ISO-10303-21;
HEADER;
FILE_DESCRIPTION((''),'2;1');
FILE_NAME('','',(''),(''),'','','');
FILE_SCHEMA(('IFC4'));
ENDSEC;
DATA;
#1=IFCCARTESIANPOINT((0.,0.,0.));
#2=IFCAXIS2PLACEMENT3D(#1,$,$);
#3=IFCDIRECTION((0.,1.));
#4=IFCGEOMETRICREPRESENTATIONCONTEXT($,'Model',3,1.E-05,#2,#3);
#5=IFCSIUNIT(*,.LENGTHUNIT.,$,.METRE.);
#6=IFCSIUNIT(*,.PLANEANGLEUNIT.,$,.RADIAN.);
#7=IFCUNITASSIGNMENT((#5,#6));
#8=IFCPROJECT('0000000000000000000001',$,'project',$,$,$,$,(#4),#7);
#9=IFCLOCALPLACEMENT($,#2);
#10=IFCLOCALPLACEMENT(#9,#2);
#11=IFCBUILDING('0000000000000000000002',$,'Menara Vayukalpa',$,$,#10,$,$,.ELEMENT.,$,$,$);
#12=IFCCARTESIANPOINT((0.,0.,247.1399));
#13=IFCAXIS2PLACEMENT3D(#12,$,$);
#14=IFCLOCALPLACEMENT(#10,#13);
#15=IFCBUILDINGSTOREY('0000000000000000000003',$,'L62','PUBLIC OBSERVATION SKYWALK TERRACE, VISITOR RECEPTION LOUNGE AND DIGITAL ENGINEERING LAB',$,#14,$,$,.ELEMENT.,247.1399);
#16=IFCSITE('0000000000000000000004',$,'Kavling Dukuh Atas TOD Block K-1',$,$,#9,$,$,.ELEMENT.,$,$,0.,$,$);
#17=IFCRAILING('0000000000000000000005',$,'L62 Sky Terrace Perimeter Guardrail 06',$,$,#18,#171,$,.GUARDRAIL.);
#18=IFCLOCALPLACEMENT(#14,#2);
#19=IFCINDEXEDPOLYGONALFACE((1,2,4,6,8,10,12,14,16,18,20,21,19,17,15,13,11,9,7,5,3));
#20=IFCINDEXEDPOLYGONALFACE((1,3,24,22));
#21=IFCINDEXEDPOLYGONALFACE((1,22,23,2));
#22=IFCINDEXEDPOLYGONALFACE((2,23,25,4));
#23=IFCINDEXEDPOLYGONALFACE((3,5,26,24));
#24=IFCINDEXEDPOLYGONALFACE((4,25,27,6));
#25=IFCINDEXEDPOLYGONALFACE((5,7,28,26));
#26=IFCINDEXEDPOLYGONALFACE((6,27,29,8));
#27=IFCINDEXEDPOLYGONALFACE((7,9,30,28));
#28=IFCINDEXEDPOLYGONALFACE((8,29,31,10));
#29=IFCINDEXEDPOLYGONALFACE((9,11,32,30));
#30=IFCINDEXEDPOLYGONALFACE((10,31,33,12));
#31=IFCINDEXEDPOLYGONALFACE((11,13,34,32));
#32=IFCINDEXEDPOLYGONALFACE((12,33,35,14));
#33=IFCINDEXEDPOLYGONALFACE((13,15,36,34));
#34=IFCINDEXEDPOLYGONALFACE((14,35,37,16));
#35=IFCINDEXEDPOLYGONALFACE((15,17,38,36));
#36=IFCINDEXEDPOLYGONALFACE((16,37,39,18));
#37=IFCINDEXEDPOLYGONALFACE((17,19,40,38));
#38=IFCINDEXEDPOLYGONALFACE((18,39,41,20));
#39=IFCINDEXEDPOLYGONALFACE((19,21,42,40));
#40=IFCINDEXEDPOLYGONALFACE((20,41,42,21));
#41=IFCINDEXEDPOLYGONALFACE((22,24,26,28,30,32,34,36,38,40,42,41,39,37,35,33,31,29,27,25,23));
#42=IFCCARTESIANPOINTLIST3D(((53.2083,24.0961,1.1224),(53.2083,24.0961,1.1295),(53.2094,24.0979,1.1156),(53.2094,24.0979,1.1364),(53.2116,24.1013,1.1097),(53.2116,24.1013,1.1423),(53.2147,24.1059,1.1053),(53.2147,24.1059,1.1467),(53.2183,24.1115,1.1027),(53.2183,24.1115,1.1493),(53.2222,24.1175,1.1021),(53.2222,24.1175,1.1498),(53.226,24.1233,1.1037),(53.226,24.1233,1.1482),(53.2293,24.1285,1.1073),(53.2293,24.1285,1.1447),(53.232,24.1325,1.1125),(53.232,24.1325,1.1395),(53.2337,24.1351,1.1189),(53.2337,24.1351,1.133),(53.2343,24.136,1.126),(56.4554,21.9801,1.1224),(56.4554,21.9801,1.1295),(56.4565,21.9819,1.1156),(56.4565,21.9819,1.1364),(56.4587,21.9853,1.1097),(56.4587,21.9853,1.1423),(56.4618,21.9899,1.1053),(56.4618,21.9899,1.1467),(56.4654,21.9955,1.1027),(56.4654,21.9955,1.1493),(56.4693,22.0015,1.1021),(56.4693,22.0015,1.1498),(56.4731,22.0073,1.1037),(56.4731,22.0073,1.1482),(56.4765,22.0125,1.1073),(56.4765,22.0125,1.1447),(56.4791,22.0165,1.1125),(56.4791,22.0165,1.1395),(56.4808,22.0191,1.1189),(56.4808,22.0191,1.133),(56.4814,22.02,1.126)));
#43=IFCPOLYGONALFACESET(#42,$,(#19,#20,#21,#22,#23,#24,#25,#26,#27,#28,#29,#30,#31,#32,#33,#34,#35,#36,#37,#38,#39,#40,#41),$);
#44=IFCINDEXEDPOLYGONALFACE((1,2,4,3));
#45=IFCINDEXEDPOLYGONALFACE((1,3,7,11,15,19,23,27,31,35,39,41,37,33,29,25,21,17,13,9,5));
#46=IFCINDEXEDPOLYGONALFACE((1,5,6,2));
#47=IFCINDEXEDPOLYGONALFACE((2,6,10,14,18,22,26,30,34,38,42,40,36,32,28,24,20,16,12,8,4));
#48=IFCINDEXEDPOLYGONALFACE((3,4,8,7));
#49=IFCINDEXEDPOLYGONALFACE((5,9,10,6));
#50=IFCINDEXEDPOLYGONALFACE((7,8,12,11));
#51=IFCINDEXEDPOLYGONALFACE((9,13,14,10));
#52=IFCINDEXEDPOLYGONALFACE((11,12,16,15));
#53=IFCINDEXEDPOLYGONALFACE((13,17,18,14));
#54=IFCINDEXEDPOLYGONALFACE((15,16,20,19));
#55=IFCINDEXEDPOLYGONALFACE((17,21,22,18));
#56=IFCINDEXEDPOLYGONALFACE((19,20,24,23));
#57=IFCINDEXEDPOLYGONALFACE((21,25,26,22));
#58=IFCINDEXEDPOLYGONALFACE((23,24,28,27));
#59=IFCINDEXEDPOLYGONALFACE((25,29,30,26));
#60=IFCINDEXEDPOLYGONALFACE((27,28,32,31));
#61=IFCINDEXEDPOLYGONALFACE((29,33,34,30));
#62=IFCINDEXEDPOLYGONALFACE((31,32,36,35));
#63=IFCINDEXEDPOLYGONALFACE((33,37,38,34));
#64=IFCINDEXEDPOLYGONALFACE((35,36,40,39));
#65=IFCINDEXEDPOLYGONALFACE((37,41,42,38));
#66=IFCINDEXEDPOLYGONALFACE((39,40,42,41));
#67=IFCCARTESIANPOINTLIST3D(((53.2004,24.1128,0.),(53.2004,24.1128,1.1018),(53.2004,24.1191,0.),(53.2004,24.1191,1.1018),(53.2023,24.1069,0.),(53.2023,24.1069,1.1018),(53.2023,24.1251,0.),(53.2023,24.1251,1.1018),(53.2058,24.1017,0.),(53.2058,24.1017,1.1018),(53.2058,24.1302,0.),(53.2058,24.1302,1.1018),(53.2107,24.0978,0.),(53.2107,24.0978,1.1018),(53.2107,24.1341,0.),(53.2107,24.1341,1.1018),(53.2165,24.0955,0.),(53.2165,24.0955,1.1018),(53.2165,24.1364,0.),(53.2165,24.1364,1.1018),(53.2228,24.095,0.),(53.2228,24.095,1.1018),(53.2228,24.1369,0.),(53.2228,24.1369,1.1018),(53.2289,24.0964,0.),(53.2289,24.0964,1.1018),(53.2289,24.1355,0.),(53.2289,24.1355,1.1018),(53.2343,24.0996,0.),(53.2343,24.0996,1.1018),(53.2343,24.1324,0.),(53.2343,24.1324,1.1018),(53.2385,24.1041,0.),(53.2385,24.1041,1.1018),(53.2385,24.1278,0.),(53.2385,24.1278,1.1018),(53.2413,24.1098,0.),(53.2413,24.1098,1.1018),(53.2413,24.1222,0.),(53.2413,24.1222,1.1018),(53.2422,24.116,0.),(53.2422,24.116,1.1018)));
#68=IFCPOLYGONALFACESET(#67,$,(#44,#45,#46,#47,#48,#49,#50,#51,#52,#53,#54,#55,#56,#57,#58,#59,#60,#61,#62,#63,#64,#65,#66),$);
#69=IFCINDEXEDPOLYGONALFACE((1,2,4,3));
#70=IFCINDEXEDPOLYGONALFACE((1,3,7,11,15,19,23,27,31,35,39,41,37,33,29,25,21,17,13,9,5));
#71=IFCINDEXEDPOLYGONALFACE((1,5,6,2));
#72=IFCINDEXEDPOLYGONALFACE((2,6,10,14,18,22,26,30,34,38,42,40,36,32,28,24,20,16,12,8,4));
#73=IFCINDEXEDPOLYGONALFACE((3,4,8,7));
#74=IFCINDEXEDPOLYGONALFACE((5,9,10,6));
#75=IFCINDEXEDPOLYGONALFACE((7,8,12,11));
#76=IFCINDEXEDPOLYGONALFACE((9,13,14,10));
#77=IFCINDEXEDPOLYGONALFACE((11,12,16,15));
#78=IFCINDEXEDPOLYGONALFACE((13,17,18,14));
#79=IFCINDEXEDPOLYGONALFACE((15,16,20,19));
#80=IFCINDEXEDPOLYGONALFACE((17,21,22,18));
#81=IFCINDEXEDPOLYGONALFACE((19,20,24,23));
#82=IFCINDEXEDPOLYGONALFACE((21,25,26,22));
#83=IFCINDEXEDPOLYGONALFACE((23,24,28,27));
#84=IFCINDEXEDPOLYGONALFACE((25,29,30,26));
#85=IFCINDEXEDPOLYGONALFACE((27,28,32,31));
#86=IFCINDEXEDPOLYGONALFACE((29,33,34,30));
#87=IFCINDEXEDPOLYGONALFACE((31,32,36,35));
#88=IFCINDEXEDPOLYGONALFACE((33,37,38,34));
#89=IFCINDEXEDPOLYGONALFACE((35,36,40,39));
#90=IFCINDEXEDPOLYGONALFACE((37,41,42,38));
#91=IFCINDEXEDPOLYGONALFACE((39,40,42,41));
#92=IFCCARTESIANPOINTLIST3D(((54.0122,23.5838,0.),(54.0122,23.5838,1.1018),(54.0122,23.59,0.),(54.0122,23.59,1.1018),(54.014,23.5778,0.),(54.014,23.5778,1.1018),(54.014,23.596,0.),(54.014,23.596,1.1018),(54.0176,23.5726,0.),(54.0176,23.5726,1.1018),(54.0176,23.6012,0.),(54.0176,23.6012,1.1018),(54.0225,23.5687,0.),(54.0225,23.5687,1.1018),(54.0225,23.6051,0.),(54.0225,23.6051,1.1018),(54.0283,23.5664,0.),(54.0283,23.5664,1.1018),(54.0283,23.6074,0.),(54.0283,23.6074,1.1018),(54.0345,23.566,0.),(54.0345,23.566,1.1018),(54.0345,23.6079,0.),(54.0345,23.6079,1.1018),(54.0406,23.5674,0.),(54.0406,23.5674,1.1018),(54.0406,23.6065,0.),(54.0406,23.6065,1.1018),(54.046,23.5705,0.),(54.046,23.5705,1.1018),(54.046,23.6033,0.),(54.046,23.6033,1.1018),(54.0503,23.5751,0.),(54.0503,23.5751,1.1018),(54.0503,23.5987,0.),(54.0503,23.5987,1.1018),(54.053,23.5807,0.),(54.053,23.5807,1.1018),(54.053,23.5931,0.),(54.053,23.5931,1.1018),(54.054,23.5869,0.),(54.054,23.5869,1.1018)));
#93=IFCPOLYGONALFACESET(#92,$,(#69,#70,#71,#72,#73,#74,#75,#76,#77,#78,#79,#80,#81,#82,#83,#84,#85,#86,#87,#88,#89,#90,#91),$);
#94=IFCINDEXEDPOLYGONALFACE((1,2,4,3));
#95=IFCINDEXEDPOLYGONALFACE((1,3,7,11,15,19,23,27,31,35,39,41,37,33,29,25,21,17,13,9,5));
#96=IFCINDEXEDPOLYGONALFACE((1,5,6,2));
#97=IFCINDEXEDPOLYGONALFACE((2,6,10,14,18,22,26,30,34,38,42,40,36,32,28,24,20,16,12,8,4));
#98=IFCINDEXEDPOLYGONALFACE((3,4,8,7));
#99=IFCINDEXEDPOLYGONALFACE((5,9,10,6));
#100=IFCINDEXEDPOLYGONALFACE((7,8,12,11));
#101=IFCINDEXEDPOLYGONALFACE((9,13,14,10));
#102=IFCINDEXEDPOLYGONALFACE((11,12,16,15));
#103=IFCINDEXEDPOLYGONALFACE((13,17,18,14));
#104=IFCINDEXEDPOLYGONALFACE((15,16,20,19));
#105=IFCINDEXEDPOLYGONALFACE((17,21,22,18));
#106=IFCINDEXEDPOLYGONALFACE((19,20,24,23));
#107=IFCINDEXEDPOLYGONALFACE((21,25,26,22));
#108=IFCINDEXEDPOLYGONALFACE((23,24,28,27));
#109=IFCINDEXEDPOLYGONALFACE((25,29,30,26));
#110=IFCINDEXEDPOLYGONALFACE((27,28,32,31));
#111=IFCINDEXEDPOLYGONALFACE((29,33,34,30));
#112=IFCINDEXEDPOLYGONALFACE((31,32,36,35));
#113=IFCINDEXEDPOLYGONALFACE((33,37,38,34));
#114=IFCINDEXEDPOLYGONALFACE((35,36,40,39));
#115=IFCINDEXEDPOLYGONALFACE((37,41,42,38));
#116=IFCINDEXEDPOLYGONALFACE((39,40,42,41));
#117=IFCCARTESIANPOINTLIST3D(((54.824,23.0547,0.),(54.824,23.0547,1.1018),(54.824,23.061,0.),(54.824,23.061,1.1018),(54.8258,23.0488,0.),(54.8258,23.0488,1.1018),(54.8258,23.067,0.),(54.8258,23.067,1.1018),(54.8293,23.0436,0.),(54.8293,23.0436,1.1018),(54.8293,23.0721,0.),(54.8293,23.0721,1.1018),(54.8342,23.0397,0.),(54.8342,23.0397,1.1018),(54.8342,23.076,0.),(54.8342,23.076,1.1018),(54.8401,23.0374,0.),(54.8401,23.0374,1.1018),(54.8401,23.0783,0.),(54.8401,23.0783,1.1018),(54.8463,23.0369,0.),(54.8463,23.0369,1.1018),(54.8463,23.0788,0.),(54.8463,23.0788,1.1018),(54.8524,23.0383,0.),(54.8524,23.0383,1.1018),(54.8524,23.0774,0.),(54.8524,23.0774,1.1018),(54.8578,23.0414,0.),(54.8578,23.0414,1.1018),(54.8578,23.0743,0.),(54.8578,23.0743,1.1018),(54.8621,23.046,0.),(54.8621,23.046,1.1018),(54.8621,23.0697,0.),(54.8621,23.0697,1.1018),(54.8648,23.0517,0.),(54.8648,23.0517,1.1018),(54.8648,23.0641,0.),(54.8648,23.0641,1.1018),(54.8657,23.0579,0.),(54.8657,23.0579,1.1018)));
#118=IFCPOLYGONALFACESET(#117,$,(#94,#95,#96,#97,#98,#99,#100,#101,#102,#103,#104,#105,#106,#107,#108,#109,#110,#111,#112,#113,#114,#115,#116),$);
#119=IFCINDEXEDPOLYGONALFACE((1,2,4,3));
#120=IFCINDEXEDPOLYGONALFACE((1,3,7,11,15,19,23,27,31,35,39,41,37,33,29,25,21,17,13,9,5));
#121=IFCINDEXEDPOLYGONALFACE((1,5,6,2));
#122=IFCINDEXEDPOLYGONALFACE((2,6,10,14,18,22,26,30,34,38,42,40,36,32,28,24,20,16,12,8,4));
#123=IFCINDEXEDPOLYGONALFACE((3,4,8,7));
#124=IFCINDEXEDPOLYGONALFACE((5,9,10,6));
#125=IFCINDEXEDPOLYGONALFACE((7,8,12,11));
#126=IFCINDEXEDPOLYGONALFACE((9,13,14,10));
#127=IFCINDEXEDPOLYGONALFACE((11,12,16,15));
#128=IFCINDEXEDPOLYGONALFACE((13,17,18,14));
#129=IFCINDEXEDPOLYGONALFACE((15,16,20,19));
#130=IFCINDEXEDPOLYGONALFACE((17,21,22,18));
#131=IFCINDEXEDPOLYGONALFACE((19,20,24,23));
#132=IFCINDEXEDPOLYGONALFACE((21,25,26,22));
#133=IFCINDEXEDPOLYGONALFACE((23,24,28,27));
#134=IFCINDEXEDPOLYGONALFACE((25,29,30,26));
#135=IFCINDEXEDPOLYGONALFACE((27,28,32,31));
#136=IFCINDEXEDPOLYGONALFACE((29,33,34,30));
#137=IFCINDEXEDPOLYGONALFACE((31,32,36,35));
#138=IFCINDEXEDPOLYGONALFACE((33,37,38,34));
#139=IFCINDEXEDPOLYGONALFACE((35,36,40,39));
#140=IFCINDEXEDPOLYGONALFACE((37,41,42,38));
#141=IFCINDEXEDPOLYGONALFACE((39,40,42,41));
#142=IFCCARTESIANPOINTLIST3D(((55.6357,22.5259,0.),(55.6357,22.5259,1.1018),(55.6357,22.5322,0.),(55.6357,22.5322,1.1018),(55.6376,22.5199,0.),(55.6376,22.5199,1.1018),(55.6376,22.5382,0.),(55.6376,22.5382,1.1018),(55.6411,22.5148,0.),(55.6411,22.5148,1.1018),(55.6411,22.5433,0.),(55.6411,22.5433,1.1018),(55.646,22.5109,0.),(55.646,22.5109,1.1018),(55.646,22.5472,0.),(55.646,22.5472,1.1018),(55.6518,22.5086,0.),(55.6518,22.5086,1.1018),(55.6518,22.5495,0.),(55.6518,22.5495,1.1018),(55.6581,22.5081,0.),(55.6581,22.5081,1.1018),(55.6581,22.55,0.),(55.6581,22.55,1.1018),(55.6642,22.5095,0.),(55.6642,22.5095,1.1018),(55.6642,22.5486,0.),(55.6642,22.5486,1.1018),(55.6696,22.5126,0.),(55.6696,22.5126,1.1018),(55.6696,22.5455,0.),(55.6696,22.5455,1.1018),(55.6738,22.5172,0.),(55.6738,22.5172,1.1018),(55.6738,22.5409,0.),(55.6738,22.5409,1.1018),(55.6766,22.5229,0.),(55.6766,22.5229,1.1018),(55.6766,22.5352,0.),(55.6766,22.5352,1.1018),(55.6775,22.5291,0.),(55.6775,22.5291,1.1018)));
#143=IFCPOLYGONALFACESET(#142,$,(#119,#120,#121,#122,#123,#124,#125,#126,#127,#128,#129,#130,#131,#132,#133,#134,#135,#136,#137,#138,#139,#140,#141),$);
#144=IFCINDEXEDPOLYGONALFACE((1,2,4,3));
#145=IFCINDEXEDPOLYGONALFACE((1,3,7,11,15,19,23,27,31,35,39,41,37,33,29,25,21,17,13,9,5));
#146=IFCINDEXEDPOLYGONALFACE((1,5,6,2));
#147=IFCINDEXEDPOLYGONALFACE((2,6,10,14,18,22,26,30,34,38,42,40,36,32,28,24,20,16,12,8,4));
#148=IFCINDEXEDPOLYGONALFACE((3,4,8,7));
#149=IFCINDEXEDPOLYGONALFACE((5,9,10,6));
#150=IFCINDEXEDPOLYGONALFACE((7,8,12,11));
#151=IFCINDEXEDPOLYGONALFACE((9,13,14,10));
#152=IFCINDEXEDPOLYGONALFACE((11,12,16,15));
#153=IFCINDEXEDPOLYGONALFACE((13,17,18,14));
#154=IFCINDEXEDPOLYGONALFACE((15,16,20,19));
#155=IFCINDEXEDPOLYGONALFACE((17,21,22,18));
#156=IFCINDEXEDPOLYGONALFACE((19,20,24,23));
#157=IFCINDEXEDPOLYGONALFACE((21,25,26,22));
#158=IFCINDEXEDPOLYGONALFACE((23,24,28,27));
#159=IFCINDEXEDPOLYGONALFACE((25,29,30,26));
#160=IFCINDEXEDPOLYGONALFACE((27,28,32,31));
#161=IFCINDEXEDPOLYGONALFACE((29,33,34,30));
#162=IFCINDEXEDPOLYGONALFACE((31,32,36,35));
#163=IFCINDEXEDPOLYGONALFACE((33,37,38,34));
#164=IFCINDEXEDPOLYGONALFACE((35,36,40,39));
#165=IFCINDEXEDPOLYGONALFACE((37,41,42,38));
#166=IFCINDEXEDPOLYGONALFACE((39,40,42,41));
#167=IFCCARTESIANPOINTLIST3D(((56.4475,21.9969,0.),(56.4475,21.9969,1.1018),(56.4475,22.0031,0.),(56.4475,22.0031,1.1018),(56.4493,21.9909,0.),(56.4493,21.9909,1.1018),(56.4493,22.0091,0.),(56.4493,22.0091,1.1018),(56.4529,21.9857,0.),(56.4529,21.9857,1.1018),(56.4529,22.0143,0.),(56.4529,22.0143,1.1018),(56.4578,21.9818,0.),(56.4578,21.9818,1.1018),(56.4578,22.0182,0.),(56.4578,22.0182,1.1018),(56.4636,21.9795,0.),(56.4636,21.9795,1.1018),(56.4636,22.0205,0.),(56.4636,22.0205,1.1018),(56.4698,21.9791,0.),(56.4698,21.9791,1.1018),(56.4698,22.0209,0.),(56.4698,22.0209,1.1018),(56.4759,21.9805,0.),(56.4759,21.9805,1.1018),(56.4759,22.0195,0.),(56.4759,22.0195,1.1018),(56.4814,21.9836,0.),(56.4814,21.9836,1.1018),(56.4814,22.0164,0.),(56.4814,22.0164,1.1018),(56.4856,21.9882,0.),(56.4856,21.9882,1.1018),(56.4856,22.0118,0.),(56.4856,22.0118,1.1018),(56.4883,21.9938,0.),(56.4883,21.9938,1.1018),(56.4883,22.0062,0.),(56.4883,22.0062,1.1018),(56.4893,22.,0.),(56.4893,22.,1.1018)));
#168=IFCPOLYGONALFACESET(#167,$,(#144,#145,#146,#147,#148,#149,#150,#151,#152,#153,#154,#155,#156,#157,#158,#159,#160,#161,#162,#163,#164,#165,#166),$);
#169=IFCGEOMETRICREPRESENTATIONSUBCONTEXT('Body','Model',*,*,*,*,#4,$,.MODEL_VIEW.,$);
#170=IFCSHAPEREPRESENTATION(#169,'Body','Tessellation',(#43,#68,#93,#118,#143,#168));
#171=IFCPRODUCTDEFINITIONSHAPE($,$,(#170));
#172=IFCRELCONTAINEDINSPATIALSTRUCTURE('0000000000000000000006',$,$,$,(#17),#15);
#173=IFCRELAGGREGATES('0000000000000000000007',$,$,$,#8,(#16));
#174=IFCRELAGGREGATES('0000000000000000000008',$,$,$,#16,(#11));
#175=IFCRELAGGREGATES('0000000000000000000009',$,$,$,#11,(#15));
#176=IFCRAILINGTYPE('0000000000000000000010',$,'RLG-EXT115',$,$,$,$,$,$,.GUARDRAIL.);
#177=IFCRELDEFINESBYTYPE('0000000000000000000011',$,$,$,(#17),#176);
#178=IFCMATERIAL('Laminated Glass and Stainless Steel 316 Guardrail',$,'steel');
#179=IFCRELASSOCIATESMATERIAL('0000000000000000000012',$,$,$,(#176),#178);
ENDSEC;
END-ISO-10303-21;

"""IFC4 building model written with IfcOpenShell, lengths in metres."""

from ifc_helpers import new_model, si_unit, direction, frame, origin, origin_2d, place, context, subcontext, project, spatial, circle, extrude, material, type_object, element, save


model = new_model("IFC4")

# Units and contexts
model_context = context("Model", 3, precision=1e-05, world=origin(), true_north=direction((0.0, 1.0)))
body_context = subcontext(model_context, "Body", "Model", "MODEL_VIEW")
ifc_project = project(units=[si_unit("LENGTHUNIT", "METRE"), si_unit("PLANEANGLEUNIT", "RADIAN")], contexts=[model_context])

# Site, building, storey
site_placement = place(None, origin())
site = spatial("IfcSite", under=ifc_project, at=site_placement, Name="Kavling Dukuh Atas TOD Block K-1", CompositionType="ELEMENT", RefElevation=0.0)
building_placement = place(site_placement, origin())
building = spatial("IfcBuilding", under=site, at=building_placement, Name="Menara Vayukalpa", CompositionType="ELEMENT")
storey_placement = place(building_placement, frame((0.0, 0.0, 247.1399)))
storey = spatial("IfcBuildingStorey", under=building, at=storey_placement, Name="L62", Description="PUBLIC OBSERVATION SKYWALK TERRACE, VISITOR RECEPTION LOUNGE AND DIGITAL ENGINEERING LAB", CompositionType="ELEMENT", Elevation=247.1399)

# Railing
ifc_material_1 = material(Name="Laminated Glass and Stainless Steel 316 Guardrail", Category="steel")
railing_type = type_object("IfcRailingType", Name="RLG-EXT115", PredefinedType="GUARDRAIL", material=ifc_material_1)
railing_1_placement = place(storey_placement, frame((53.2212, 24.116, 0.0)))
element("IfcRailing", 1, at=railing_1_placement, inside=storey, type_object=railing_type, Name="L62 Sky Terrace Perimeter Guardrail 06", PredefinedType="GUARDRAIL", context=body_context, shape_type="SweptSolid", body=[
    extrude(circle(Radius=0.0239, at=origin_2d()), frame((0.0, 0.0, 1.126), z_axis=(0.83781, -0.545962, 0.0), x_axis=(0.545962, 0.83781, 0.0)), (0.0, 0.0, 1.0), 3.8757),
    extrude(circle(Radius=0.021, at=origin_2d()), origin(), (0.0, 0.0, 1.0), 1.1018),
    extrude(circle(Radius=0.021, at=origin_2d()), frame((0.8118, -0.5291, 0.0)), (0.0, 0.0, 1.0), 1.1018),
    extrude(circle(Radius=0.021, at=origin_2d()), frame((1.6235, -1.0581, 0.0)), (0.0, 0.0, 1.0), 1.1018),
    extrude(circle(Radius=0.021, at=origin_2d()), frame((2.4353, -1.5869, 0.0)), (0.0, 0.0, 1.0), 1.1018),
    extrude(circle(Radius=0.021, at=origin_2d()), frame((3.2471, -2.116, 0.0)), (0.0, 0.0, 1.0), 1.1018),
])

save(model, "model.ifc")
